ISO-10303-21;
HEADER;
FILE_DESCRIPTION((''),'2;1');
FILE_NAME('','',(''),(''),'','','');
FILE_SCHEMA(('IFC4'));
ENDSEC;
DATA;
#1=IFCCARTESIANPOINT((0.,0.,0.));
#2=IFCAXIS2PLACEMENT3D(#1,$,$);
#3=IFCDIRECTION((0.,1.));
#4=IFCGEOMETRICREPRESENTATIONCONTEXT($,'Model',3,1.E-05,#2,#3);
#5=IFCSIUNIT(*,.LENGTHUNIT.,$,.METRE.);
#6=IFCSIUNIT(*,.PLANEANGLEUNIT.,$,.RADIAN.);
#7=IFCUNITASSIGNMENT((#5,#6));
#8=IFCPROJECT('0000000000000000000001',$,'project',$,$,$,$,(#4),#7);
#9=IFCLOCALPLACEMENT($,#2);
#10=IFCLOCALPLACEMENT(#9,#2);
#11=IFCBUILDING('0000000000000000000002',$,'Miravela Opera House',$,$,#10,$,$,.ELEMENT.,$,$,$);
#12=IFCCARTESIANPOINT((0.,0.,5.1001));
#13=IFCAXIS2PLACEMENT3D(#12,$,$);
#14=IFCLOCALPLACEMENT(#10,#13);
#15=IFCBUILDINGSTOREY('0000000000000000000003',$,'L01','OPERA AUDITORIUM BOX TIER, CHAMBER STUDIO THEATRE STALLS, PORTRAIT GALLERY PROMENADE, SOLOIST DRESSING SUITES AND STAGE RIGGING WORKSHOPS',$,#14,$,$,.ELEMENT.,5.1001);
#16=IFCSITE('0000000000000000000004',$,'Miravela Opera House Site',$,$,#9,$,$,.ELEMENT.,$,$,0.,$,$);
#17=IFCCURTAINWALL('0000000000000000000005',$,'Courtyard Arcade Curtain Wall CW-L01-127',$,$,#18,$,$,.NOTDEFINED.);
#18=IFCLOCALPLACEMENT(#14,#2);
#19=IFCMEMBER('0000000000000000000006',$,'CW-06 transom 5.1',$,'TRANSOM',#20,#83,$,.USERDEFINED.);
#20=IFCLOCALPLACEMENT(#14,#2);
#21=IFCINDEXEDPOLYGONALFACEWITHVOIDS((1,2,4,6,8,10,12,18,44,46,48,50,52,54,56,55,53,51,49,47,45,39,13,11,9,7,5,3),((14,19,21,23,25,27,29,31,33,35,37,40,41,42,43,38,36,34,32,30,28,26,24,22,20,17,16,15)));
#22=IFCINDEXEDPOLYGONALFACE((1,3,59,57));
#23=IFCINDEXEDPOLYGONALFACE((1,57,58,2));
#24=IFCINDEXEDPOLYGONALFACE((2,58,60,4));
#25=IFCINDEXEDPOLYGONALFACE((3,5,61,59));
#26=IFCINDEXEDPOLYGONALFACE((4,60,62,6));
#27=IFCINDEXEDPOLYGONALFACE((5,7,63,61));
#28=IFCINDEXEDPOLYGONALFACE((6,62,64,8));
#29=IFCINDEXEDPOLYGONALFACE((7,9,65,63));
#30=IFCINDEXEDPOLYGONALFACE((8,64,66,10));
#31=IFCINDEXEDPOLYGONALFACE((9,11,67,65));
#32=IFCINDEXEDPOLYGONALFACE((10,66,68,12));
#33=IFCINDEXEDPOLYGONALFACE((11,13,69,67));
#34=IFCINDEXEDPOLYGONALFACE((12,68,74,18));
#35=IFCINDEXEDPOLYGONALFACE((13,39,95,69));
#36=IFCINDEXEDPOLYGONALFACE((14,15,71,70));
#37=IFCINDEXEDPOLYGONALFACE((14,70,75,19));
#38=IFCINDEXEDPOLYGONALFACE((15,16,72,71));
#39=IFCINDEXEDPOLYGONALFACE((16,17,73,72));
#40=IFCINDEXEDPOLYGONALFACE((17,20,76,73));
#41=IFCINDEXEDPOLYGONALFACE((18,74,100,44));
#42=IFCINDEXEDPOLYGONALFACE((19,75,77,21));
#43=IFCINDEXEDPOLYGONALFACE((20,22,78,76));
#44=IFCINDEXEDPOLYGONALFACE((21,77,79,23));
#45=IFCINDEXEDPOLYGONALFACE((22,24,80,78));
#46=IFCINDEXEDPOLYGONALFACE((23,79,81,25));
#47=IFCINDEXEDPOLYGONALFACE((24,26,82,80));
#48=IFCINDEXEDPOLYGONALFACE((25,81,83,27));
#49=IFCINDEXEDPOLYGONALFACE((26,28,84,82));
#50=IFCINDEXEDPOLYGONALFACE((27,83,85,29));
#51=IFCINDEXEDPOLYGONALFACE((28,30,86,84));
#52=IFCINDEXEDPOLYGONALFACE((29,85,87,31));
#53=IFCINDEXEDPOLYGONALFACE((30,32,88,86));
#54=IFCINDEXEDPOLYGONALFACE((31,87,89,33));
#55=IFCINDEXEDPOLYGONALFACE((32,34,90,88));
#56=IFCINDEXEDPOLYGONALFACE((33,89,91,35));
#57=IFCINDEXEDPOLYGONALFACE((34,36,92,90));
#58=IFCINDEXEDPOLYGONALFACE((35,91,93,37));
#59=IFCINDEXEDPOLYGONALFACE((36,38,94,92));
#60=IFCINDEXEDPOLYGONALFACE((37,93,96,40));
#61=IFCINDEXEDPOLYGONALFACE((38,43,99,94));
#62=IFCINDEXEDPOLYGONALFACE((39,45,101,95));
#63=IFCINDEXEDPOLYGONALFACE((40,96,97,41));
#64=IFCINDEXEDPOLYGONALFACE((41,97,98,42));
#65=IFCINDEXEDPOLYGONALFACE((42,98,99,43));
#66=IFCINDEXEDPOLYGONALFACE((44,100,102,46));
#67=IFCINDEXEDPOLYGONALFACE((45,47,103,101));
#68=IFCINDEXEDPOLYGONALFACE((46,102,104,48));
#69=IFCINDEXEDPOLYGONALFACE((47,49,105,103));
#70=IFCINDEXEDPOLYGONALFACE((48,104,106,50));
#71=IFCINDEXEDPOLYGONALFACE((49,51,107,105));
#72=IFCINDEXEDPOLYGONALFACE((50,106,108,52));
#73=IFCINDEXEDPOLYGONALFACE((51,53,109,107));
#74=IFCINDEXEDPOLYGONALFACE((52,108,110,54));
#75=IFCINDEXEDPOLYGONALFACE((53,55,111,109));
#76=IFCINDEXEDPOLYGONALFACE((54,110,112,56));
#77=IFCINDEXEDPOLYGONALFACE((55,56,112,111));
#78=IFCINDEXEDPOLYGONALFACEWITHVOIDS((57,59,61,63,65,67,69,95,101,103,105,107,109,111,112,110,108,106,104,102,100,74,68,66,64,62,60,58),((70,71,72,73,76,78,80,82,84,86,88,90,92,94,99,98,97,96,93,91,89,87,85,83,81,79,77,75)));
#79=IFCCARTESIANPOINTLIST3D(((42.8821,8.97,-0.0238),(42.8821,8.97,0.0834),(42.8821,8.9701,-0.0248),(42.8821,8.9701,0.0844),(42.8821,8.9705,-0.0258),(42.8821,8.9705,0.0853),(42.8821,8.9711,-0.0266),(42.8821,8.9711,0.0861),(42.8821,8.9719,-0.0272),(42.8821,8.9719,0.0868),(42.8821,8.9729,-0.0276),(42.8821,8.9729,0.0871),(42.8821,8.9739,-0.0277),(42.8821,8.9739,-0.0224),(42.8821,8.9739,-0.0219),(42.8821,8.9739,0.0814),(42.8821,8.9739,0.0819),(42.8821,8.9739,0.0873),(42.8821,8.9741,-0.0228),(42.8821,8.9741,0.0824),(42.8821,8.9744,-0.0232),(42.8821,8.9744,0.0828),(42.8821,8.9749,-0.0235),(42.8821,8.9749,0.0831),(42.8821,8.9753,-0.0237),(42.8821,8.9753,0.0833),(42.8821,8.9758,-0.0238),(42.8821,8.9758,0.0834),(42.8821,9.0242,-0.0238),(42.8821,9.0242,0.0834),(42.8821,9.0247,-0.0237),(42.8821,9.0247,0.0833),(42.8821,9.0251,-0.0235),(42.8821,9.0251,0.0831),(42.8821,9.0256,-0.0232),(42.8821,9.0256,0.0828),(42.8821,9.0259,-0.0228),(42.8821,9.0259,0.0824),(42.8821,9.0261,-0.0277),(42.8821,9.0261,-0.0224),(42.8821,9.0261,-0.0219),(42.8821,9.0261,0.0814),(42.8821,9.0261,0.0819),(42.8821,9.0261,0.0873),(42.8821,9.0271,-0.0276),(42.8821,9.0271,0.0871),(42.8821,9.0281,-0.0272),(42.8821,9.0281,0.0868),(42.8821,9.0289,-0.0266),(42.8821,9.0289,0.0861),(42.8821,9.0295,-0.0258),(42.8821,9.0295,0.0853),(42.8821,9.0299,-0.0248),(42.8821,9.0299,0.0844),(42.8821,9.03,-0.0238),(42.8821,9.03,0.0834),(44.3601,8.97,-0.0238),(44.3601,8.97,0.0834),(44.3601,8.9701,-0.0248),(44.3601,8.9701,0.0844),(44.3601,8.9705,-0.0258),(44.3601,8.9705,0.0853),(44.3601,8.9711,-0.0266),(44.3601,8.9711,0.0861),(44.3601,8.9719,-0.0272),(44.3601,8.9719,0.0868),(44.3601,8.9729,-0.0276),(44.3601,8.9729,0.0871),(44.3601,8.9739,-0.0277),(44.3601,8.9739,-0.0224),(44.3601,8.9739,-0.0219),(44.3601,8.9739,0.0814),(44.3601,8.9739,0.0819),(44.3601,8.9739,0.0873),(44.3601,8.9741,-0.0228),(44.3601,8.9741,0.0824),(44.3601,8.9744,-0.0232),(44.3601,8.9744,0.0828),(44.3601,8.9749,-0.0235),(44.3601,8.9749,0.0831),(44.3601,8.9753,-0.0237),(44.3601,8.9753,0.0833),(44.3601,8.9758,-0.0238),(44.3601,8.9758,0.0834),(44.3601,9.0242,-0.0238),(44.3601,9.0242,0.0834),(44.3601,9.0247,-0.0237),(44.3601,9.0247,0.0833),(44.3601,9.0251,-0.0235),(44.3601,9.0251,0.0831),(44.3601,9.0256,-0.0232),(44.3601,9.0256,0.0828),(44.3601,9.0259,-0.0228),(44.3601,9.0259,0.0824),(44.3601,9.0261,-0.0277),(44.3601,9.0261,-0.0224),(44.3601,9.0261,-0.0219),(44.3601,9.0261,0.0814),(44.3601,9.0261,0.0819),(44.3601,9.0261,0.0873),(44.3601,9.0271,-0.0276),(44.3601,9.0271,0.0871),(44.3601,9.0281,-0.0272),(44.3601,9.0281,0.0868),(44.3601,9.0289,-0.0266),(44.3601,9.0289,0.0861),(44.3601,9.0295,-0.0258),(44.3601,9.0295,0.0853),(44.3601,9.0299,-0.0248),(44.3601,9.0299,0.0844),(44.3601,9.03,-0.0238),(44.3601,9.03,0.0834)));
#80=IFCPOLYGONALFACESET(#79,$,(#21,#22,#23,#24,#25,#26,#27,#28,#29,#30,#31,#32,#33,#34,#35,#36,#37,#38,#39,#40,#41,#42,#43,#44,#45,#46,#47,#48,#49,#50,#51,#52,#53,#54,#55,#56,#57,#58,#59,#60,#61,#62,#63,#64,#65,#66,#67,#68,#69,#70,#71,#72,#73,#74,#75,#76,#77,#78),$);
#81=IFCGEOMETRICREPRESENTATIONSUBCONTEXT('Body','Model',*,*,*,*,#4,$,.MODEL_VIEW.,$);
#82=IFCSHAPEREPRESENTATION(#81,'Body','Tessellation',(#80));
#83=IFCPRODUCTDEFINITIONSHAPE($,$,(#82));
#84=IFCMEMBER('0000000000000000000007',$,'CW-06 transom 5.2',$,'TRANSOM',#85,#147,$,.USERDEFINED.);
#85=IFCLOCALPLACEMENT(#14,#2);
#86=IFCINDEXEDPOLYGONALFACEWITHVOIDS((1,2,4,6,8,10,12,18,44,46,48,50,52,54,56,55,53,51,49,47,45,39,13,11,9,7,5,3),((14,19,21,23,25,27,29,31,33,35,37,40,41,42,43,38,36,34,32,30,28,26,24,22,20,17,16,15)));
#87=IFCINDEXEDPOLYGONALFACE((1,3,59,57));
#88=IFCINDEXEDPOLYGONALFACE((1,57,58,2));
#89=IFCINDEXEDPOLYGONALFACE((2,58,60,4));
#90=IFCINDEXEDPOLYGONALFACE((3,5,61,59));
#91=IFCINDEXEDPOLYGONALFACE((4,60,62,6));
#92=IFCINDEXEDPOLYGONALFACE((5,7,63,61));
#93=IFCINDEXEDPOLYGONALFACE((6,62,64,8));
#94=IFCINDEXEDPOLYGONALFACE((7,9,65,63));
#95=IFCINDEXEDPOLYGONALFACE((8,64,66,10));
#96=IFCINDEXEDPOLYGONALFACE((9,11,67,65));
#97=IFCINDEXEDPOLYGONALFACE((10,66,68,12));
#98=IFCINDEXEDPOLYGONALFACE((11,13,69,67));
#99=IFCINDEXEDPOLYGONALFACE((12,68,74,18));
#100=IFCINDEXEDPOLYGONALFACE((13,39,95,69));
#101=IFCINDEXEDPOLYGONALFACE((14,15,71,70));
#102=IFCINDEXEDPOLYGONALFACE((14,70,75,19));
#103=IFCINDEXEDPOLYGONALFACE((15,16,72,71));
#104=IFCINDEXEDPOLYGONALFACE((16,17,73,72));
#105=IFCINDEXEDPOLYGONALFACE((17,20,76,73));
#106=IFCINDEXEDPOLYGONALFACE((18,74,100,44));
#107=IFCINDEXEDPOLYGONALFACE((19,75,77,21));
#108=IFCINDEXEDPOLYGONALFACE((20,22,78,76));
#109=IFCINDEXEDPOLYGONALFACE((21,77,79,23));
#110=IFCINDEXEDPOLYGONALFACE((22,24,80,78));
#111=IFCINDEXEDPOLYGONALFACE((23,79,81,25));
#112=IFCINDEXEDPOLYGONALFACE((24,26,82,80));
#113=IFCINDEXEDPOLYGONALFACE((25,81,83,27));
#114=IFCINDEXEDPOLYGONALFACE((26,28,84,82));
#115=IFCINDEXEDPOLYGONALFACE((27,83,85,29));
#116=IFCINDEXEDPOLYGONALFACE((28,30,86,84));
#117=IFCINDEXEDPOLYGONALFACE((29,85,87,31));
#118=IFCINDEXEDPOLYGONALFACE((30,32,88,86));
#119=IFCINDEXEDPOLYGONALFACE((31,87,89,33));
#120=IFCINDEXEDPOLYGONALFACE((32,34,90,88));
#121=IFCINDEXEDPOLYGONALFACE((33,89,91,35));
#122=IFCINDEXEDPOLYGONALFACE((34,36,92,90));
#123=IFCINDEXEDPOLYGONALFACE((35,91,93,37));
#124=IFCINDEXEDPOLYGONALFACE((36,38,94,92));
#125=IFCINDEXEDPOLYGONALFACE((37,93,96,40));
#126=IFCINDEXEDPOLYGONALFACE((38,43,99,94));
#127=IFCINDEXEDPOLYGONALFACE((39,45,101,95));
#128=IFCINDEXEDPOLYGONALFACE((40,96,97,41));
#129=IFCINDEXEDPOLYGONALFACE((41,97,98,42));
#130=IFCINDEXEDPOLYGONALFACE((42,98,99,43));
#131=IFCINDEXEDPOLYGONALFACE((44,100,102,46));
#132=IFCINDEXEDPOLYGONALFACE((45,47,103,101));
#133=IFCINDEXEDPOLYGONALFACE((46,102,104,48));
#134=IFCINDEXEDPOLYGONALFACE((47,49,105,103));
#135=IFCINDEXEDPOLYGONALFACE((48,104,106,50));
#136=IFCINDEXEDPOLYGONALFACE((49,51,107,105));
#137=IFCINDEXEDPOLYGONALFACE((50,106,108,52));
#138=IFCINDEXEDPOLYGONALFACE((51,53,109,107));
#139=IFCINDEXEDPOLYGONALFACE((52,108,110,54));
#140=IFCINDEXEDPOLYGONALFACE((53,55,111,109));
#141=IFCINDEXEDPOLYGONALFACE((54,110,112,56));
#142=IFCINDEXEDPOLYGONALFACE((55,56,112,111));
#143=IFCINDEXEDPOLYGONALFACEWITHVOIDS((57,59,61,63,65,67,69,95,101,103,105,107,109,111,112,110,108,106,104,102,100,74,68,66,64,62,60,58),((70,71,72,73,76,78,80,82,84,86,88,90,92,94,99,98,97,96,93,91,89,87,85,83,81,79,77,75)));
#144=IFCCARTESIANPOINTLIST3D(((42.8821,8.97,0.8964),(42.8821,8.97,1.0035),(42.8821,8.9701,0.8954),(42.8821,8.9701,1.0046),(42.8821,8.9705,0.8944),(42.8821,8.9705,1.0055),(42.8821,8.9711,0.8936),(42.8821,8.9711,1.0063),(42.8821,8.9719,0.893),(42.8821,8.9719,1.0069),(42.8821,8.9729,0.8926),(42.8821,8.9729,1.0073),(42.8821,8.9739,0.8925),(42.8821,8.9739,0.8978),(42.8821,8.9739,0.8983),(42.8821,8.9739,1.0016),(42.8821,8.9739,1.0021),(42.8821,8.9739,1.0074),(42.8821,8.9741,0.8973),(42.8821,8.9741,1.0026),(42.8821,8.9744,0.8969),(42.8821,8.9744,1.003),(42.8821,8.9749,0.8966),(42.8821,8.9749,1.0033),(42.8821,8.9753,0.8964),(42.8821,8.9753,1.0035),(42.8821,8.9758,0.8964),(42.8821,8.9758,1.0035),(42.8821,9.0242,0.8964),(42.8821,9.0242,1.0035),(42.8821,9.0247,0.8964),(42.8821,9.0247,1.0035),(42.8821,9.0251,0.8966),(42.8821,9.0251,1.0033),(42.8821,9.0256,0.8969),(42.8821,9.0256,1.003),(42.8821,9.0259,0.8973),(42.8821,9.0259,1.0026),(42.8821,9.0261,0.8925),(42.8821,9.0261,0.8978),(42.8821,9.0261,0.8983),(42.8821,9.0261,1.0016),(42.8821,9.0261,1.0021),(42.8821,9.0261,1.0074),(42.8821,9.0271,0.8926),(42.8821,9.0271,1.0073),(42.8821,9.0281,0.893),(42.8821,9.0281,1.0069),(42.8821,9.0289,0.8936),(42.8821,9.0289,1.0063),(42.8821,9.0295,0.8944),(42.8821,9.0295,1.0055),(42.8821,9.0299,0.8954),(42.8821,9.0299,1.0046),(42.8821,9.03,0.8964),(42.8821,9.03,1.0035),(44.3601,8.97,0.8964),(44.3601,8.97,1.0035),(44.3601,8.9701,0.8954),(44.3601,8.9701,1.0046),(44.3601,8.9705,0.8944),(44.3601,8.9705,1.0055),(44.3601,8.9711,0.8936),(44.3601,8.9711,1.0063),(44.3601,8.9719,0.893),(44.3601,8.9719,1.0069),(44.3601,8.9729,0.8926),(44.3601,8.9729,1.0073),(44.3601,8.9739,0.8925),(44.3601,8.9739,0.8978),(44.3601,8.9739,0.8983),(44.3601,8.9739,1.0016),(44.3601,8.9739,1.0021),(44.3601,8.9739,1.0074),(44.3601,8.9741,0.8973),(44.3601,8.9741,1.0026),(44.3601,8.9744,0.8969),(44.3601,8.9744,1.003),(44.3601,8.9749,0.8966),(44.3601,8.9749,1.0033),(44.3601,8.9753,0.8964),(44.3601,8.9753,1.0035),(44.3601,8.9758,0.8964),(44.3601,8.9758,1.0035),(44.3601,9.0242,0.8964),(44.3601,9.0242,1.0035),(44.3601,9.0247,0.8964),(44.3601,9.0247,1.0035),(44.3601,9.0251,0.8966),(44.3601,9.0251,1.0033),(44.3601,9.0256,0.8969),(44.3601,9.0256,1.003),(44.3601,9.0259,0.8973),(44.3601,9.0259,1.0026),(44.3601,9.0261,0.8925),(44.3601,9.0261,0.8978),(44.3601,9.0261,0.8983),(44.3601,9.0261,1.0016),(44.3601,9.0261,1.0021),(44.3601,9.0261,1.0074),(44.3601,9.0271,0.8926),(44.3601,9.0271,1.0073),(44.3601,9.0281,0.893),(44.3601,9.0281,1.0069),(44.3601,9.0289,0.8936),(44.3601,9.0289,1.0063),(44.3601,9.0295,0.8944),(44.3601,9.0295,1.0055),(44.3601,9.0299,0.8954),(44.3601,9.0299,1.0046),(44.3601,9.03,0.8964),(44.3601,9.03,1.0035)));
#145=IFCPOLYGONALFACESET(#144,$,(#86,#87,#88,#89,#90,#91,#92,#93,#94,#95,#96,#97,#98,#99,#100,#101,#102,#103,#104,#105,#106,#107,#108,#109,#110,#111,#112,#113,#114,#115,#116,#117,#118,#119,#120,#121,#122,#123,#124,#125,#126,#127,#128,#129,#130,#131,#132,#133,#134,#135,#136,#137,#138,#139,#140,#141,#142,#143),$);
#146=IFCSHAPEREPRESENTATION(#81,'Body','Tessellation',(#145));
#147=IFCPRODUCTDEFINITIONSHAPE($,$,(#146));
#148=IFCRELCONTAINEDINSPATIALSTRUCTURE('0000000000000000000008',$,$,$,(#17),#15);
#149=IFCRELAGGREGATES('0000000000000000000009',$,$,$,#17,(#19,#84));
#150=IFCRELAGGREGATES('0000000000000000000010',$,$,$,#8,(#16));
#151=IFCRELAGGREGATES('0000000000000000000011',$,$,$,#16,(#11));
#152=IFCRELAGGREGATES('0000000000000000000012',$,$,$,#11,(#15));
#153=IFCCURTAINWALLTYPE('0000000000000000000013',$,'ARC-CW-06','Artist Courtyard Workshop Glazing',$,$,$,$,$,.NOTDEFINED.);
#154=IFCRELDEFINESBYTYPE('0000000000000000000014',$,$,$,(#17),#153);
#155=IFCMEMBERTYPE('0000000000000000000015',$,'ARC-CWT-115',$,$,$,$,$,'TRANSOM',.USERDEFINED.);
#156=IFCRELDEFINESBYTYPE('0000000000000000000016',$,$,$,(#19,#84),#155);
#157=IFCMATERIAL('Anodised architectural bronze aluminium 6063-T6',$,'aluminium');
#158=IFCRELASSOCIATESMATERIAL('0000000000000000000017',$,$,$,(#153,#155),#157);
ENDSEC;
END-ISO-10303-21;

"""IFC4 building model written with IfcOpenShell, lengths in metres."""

from ifc_helpers import new_model, si_unit, direction, frame, origin, origin_2d, place, context, subcontext, project, spatial, hollow_rectangle, extrude, material, material_profile, profile_set, type_object, element, aggregate, save


model = new_model("IFC4")

# Units and contexts
model_context = context("Model", 3, precision=1e-05, world=origin(), true_north=direction((0.0, 1.0)))
body_context = subcontext(model_context, "Body", "Model", "MODEL_VIEW")
ifc_project = project(units=[si_unit("LENGTHUNIT", "METRE"), si_unit("PLANEANGLEUNIT", "RADIAN")], contexts=[model_context])

# Site, building, storey
site_placement = place(None, origin())
site = spatial("IfcSite", under=ifc_project, at=site_placement, Name="Miravela Opera House Site", CompositionType="ELEMENT", RefElevation=0.0)
building_placement = place(site_placement, origin())
building = spatial("IfcBuilding", under=site, at=building_placement, Name="Miravela Opera House", CompositionType="ELEMENT")
storey_placement = place(building_placement, frame((0.0, 0.0, 5.1001)))
storey = spatial("IfcBuildingStorey", under=building, at=storey_placement, Name="L01", Description="OPERA AUDITORIUM BOX TIER, CHAMBER STUDIO THEATRE STALLS, PORTRAIT GALLERY PROMENADE, SOLOIST DRESSING SUITES AND STAGE RIGGING WORKSHOPS", CompositionType="ELEMENT", Elevation=5.1001)

# Curtain wall, members
ifc_material_1 = material(Name="Anodised architectural bronze aluminium 6063-T6", Category="aluminium")
curtain_wall_type = type_object("IfcCurtainWallType", Name="ARC-CW-06", Description="Artist Courtyard Workshop Glazing", PredefinedType="NOTDEFINED", material=ifc_material_1)
curtain_wall_placement = place(storey_placement, origin())
curtain_wall = element("IfcCurtainWall", 1, at=curtain_wall_placement, inside=storey, type_object=curtain_wall_type, Name="Courtyard Arcade Curtain Wall CW-L01-127", PredefinedType="NOTDEFINED")
ifc_material_profile_1 = material_profile(ifc_material_1, hollow_rectangle(XDim=0.0601, YDim=0.115, WallThickness=0.0039, InnerFilletRadius=0.002, OuterFilletRadius=0.0039, at=origin_2d()), Name="CWT-60X115")
ifc_profile_set_1 = profile_set([ifc_material_profile_1])
member_type_1 = type_object("IfcMemberType", Name="ARC-CWT-115", ElementType="TRANSOM", PredefinedType="USERDEFINED", material=ifc_profile_set_1)
member_1_placement = place(storey_placement, frame((42.8821, 9.0, 0.0298), z_axis=(1.0, 0.0, 0.0), x_axis=(0.0, 1.0, 0.0)))
member_1 = element("IfcMember", 2, at=member_1_placement, type_object=member_type_1, Name="CW-06 transom 5.1", ObjectType="TRANSOM", PredefinedType="USERDEFINED", context=body_context, shape_type="SweptSolid", body=[
    extrude(hollow_rectangle(XDim=0.0601, YDim=0.115, WallThickness=0.0039, InnerFilletRadius=0.002, OuterFilletRadius=0.0039, at=origin_2d()), origin(), (0.0, 0.0, 1.0), 1.478),
])
member_2_placement = place(storey_placement, frame((42.8821, 9.0, 0.95), z_axis=(1.0, 0.0, 0.0), x_axis=(0.0, 1.0, 0.0)))
member_2 = element("IfcMember", 3, at=member_2_placement, type_object=member_type_1, Name="CW-06 transom 5.2", ObjectType="TRANSOM", PredefinedType="USERDEFINED", context=body_context, shape_type="SweptSolid", body=[
    extrude(hollow_rectangle(XDim=0.0601, YDim=0.115, WallThickness=0.0039, InnerFilletRadius=0.002, OuterFilletRadius=0.0039, at=origin_2d()), origin(), (0.0, 0.0, 1.0), 1.478),
])

aggregate(curtain_wall, [member_1, member_2])

save(model, "model.ifc")
